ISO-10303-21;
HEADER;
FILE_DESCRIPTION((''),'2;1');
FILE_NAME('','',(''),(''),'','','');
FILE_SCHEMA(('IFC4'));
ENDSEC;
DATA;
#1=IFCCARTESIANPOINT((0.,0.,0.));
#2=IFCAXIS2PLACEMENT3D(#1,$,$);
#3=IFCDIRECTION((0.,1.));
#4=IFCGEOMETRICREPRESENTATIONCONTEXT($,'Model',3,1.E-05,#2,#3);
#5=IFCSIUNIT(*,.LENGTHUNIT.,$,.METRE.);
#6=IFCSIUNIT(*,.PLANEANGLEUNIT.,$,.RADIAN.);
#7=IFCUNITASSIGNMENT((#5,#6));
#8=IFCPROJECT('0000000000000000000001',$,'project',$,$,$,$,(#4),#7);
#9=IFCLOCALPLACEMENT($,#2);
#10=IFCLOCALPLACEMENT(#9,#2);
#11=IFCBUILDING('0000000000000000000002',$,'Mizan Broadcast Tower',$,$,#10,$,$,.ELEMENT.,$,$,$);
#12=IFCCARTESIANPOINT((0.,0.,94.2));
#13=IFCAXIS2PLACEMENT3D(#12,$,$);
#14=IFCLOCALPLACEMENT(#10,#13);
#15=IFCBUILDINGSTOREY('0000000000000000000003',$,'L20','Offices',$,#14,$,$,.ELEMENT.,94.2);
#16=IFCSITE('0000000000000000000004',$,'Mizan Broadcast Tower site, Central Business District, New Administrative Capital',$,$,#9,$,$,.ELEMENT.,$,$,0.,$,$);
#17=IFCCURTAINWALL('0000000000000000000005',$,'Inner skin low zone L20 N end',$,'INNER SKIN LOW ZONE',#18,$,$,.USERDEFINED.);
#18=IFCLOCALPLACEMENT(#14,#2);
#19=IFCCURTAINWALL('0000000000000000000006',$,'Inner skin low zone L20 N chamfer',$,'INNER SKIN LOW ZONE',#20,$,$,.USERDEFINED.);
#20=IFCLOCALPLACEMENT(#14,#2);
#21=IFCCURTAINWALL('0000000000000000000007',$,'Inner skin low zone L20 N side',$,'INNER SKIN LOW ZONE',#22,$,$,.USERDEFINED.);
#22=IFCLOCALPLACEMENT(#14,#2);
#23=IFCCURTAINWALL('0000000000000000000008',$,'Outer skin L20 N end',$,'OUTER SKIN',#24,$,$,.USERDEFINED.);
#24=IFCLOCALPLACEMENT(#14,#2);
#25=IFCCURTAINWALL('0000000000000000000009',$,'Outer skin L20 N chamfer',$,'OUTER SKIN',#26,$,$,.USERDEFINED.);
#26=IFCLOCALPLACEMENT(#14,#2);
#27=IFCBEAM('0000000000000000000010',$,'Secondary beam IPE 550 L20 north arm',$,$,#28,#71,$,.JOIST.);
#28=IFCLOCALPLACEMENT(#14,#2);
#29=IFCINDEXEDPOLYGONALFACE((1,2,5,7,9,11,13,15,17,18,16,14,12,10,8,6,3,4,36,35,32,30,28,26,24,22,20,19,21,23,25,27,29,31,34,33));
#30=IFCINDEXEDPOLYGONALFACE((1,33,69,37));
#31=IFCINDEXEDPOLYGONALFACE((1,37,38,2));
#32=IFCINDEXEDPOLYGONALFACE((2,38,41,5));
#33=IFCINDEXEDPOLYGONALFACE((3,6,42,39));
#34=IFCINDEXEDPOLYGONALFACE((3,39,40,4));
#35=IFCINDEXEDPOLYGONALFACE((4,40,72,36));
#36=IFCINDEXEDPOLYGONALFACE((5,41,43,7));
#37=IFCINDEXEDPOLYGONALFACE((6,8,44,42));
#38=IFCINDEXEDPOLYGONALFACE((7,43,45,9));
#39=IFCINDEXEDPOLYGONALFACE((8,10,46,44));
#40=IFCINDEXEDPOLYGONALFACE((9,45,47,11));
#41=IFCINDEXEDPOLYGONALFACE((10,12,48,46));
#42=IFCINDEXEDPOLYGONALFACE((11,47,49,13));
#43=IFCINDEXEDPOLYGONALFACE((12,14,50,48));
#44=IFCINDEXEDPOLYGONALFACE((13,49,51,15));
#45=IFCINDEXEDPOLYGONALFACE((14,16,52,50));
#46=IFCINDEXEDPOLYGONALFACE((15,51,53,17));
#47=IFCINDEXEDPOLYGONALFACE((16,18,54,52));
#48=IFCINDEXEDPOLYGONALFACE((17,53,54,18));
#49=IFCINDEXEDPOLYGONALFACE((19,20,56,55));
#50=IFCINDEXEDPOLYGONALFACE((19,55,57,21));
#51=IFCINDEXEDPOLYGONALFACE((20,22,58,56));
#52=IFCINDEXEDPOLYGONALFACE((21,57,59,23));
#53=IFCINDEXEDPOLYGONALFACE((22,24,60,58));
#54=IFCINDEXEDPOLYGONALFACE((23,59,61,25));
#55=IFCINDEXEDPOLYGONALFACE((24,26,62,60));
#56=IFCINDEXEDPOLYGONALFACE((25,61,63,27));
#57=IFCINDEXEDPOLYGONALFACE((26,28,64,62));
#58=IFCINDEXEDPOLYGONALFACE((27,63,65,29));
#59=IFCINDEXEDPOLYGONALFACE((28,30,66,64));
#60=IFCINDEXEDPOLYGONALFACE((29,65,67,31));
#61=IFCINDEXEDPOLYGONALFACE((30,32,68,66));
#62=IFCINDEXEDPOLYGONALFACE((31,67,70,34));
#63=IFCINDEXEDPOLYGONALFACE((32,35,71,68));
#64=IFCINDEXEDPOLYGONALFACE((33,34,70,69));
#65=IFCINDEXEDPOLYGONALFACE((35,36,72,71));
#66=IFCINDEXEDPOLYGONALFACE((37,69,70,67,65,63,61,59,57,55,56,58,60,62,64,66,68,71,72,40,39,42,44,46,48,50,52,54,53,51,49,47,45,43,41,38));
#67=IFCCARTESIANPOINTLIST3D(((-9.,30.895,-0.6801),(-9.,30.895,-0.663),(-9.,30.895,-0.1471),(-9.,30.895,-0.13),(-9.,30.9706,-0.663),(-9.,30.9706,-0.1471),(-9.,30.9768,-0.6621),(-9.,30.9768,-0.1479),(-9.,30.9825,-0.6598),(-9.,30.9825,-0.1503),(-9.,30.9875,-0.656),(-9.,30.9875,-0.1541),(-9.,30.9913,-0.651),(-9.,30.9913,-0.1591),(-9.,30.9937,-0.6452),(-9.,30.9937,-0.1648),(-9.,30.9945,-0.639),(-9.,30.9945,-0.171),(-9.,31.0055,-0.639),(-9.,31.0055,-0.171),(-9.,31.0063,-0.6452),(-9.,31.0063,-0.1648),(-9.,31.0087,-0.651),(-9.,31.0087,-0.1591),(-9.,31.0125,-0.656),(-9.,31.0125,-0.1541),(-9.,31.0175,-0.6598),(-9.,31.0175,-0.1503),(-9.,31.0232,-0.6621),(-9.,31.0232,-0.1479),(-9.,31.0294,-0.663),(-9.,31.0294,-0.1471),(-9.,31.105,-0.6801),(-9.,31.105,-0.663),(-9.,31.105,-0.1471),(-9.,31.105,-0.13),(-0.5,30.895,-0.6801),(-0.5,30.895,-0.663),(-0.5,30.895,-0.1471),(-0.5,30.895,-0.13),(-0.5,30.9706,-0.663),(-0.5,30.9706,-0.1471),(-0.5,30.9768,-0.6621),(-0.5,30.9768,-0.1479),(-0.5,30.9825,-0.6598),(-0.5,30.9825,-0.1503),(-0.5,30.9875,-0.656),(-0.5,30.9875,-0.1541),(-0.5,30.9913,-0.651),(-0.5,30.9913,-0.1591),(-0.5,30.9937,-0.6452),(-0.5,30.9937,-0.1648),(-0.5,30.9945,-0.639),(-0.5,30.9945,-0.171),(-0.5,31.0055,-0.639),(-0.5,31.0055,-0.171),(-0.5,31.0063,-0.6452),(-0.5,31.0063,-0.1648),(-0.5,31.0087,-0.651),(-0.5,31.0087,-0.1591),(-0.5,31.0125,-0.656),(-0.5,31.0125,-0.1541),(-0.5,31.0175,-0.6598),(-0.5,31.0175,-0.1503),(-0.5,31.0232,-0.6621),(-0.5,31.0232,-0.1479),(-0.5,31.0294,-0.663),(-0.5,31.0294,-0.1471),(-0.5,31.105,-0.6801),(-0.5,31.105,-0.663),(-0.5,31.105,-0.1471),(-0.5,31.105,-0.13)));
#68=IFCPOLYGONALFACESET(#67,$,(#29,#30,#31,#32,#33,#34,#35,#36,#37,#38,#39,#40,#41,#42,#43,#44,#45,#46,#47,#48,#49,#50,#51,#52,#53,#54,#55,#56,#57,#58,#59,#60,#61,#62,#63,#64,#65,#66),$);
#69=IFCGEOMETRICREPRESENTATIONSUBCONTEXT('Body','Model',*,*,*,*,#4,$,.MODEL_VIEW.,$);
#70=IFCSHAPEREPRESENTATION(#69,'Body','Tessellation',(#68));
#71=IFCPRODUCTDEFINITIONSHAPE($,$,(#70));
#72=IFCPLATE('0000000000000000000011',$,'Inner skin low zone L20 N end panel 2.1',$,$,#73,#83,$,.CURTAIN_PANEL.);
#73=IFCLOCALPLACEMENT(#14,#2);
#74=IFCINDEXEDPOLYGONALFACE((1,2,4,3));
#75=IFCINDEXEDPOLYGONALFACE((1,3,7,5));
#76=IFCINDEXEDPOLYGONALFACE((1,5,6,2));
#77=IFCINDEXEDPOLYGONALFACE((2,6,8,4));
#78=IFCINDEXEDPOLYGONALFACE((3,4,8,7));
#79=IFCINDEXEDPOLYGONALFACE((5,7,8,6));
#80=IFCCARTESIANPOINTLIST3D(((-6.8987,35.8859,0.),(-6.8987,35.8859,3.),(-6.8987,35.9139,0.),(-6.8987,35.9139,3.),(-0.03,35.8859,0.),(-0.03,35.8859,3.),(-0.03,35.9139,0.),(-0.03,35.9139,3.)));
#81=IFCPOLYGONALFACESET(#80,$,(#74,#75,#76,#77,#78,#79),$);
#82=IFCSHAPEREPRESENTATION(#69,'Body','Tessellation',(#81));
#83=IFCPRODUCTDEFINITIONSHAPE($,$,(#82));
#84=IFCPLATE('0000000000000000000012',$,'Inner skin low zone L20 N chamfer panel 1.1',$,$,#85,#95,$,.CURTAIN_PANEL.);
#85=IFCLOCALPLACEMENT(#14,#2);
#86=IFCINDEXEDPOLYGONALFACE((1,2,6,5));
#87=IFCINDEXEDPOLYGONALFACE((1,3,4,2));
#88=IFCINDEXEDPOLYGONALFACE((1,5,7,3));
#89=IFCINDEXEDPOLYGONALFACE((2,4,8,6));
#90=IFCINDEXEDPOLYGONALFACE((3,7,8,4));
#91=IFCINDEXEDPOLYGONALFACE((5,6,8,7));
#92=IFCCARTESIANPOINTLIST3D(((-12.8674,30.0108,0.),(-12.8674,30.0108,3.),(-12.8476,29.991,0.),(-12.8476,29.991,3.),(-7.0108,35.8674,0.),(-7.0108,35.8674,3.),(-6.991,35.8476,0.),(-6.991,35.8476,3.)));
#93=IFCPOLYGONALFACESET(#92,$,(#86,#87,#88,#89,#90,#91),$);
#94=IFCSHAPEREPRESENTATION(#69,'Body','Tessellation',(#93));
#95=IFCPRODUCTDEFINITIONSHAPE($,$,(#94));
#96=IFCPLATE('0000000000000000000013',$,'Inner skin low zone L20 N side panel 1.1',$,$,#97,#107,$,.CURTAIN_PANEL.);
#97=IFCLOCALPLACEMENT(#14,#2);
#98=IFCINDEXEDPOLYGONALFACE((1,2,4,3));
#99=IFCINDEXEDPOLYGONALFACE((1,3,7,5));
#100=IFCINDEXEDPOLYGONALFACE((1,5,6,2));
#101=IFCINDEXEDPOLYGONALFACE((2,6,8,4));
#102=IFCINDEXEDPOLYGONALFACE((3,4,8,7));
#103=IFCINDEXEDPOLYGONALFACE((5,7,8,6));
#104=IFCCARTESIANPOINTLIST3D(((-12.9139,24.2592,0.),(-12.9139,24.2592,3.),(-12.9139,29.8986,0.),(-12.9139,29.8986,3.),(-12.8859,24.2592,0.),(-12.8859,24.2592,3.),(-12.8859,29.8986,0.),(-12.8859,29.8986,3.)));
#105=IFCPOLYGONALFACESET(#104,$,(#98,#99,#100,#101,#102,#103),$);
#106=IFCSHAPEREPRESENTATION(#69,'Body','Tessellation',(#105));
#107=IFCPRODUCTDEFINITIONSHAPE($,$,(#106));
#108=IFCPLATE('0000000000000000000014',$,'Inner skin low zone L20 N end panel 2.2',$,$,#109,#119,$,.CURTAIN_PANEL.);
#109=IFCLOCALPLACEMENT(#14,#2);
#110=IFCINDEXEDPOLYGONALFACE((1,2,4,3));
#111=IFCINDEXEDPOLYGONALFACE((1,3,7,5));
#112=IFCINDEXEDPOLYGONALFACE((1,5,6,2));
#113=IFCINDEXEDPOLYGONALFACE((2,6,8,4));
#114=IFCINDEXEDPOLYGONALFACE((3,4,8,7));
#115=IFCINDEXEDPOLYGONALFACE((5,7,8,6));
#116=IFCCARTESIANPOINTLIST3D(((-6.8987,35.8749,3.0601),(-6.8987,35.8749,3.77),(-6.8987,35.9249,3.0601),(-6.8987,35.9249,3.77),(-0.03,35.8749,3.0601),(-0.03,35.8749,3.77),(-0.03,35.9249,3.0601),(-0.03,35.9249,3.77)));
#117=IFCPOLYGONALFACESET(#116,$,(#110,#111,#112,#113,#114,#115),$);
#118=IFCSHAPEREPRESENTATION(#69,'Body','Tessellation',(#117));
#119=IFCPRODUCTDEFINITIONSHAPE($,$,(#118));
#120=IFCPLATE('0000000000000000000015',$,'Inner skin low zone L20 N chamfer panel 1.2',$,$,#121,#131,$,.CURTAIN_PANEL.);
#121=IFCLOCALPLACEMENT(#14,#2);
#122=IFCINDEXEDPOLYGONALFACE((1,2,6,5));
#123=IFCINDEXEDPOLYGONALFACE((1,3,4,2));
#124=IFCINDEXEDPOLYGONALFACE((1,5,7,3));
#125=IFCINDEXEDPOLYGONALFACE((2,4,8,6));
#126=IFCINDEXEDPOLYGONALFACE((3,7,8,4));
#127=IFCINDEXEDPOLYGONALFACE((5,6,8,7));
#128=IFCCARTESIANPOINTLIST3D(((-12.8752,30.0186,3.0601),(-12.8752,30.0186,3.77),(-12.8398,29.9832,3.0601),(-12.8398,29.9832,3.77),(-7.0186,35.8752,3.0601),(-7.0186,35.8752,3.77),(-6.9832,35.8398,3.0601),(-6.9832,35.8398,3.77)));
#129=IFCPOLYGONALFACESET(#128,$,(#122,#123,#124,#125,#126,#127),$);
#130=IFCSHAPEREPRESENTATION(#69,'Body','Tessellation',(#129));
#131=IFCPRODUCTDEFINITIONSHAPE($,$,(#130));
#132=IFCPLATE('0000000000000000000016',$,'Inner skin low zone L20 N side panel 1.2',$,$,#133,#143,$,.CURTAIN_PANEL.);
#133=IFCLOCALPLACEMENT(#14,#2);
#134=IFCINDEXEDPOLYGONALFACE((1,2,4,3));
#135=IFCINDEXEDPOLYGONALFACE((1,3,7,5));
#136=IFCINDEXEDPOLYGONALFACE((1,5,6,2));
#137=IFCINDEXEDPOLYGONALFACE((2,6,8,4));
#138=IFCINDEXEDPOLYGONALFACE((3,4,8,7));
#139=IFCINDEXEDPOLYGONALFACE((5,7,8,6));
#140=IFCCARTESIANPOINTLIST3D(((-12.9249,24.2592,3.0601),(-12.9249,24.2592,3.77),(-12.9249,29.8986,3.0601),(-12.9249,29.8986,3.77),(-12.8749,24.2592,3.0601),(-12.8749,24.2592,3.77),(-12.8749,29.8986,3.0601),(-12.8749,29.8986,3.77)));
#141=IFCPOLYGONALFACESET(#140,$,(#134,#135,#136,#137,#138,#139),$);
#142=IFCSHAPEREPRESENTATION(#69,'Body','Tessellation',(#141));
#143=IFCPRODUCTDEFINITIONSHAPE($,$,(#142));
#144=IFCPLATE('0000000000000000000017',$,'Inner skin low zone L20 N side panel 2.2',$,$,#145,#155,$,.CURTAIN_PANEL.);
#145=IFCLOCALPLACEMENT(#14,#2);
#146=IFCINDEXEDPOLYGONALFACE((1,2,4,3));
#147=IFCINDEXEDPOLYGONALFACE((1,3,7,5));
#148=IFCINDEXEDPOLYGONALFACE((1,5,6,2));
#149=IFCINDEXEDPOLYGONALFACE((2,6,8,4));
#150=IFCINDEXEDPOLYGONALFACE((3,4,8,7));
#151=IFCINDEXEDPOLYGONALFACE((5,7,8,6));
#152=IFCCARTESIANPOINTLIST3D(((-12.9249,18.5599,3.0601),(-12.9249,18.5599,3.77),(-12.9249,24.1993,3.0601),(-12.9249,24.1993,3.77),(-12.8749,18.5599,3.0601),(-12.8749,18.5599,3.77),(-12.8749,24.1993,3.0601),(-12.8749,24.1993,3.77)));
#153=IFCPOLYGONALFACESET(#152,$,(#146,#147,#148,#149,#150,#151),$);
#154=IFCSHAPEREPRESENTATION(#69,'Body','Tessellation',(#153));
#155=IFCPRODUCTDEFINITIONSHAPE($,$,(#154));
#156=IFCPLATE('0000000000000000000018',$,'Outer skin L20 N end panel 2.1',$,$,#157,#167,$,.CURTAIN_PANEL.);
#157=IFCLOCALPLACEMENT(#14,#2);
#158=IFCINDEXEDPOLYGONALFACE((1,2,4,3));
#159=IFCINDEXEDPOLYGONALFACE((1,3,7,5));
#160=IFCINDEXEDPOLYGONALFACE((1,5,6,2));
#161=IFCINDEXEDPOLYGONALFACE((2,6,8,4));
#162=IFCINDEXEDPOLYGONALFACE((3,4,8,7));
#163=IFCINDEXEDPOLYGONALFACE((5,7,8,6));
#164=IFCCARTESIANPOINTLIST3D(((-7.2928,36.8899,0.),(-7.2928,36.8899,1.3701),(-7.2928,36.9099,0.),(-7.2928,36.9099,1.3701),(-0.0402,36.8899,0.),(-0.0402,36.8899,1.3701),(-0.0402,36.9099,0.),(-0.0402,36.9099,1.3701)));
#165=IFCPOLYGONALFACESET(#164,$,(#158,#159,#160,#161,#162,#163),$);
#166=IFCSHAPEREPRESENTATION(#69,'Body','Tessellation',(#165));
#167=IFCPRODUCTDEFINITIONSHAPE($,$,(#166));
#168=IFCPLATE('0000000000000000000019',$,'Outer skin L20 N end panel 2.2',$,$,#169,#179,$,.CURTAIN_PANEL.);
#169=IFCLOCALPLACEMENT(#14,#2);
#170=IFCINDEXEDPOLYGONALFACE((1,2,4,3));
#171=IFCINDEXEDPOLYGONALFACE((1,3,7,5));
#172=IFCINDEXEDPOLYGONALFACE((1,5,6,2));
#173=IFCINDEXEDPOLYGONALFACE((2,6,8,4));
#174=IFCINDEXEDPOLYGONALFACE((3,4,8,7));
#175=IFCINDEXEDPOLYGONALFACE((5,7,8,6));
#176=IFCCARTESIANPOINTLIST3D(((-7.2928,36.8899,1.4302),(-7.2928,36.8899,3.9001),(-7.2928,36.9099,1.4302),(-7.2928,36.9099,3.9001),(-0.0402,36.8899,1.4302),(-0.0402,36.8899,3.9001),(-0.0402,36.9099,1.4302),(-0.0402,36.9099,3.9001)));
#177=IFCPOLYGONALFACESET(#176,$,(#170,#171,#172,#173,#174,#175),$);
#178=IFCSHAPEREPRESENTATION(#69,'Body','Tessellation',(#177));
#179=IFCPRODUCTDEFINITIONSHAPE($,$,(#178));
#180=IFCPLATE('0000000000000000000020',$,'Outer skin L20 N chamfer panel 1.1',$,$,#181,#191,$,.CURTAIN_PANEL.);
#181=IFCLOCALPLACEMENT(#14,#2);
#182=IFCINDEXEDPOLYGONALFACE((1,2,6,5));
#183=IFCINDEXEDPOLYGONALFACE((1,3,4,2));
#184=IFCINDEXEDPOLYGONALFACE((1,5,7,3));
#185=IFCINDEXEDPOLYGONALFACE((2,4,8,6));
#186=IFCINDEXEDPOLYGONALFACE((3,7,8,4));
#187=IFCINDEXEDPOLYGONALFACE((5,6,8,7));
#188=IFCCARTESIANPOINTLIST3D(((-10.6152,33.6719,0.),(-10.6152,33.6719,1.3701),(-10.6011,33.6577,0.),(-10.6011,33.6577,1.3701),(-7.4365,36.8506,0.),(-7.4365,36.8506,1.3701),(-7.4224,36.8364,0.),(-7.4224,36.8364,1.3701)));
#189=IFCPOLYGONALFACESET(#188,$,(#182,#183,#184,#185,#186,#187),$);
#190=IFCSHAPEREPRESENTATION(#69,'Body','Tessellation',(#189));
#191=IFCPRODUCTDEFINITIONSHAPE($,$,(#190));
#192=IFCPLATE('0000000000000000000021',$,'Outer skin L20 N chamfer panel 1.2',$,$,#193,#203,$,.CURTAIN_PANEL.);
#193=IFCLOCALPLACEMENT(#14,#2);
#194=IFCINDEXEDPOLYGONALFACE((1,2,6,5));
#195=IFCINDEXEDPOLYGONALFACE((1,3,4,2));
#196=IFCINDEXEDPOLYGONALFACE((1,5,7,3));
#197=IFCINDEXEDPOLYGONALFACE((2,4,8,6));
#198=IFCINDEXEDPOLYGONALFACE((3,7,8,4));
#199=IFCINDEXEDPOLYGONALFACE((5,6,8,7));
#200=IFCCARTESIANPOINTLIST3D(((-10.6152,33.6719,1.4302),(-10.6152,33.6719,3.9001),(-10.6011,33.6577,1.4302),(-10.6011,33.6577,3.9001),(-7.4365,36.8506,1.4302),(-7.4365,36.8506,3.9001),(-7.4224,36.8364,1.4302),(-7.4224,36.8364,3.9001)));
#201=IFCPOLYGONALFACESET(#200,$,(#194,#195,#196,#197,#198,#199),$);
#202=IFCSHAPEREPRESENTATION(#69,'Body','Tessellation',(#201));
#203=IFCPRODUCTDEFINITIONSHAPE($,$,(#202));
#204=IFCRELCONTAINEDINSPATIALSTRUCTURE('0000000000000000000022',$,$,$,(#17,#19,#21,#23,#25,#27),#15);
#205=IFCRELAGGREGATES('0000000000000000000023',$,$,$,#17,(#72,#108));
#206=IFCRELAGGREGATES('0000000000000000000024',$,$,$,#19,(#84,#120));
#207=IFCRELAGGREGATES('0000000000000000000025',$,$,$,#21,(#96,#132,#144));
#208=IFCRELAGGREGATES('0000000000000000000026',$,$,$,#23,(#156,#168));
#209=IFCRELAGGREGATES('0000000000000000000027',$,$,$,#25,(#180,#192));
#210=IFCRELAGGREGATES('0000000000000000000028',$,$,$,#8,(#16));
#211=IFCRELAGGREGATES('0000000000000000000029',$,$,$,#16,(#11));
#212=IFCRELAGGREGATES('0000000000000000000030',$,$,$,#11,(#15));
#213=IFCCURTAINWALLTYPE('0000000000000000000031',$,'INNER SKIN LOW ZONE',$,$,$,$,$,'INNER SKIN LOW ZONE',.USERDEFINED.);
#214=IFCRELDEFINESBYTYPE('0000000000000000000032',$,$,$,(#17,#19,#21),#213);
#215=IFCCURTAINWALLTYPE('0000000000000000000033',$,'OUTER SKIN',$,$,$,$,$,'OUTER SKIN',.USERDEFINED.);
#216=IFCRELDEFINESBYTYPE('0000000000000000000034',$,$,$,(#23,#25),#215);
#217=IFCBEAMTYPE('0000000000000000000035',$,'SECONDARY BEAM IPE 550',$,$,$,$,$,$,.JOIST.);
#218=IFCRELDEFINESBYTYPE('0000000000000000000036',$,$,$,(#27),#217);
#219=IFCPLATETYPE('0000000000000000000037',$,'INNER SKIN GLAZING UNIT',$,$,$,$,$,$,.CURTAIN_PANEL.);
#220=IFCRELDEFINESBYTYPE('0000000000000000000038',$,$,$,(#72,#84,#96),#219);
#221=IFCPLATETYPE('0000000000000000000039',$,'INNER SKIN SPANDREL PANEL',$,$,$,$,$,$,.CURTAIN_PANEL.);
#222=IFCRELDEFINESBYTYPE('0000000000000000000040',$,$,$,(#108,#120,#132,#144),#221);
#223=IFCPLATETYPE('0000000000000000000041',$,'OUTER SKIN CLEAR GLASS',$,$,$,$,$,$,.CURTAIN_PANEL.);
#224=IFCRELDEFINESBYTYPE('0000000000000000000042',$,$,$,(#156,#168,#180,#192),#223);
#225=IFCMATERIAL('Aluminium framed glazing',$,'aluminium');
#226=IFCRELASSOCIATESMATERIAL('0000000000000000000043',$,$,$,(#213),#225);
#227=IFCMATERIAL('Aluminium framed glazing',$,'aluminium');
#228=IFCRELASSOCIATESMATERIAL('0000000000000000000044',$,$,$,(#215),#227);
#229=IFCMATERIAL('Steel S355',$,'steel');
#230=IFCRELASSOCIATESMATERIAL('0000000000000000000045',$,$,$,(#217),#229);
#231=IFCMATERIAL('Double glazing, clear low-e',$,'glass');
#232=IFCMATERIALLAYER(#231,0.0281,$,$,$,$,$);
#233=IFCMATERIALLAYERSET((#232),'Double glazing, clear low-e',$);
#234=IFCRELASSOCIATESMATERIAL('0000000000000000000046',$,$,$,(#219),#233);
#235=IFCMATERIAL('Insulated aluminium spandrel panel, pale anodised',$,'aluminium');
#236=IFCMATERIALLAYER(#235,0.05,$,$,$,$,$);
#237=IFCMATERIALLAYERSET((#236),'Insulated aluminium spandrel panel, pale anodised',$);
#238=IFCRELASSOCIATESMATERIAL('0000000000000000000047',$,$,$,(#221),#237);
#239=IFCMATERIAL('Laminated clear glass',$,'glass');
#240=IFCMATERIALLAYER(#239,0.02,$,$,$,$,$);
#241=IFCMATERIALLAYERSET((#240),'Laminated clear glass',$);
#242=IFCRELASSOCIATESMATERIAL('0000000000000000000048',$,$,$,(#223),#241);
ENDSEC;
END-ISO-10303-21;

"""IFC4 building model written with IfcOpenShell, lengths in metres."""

from ifc_helpers import new_model, si_unit, direction, frame, origin, origin_2d, place, context, subcontext, project, spatial, rectangle, i_section, extrude, material, layer, layer_set, material_profile, profile_set, type_object, element, aggregate, save


model = new_model("IFC4")

# Units and contexts
model_context = context("Model", 3, precision=1e-05, world=origin(), true_north=direction((0.0, 1.0)))
body_context = subcontext(model_context, "Body", "Model", "MODEL_VIEW")
ifc_project = project(units=[si_unit("LENGTHUNIT", "METRE"), si_unit("PLANEANGLEUNIT", "RADIAN")], contexts=[model_context])

# Site, building, storey
site_placement = place(None, origin())
site = spatial("IfcSite", under=ifc_project, at=site_placement, Name="Mizan Broadcast Tower site, Central Business District, New Administrative Capital", CompositionType="ELEMENT", RefElevation=0.0)
building_placement = place(site_placement, origin())
building = spatial("IfcBuilding", under=site, at=building_placement, Name="Mizan Broadcast Tower", CompositionType="ELEMENT")
storey_placement = place(building_placement, frame((0.0, 0.0, 94.2)))
storey = spatial("IfcBuildingStorey", under=building, at=storey_placement, Name="L20", Description="Offices", CompositionType="ELEMENT", Elevation=94.2)

# Curtain walls
ifc_material_1 = material(Name="Aluminium framed glazing", Category="aluminium")
curtain_wall_type_1 = type_object("IfcCurtainWallType", Name="INNER SKIN LOW ZONE", ElementType="INNER SKIN LOW ZONE", PredefinedType="USERDEFINED", material=ifc_material_1)
curtain_wall_1_placement = place(storey_placement, origin())
curtain_wall_1 = element("IfcCurtainWall", 1, at=curtain_wall_1_placement, inside=storey, type_object=curtain_wall_type_1, Name="Inner skin low zone L20 N end", ObjectType="INNER SKIN LOW ZONE", PredefinedType="USERDEFINED")
curtain_wall_2_placement = place(storey_placement, origin())
curtain_wall_2 = element("IfcCurtainWall", 2, at=curtain_wall_2_placement, inside=storey, type_object=curtain_wall_type_1, Name="Inner skin low zone L20 N chamfer", ObjectType="INNER SKIN LOW ZONE", PredefinedType="USERDEFINED")
curtain_wall_3_placement = place(storey_placement, origin())
curtain_wall_3 = element("IfcCurtainWall", 3, at=curtain_wall_3_placement, inside=storey, type_object=curtain_wall_type_1, Name="Inner skin low zone L20 N side", ObjectType="INNER SKIN LOW ZONE", PredefinedType="USERDEFINED")

# Curtain walls
ifc_material_2 = material(Name="Aluminium framed glazing", Category="aluminium")
curtain_wall_type_2 = type_object("IfcCurtainWallType", Name="OUTER SKIN", ElementType="OUTER SKIN", PredefinedType="USERDEFINED", material=ifc_material_2)
curtain_wall_4_placement = place(storey_placement, origin())
curtain_wall_4 = element("IfcCurtainWall", 4, at=curtain_wall_4_placement, inside=storey, type_object=curtain_wall_type_2, Name="Outer skin L20 N end", ObjectType="OUTER SKIN", PredefinedType="USERDEFINED")
curtain_wall_5_placement = place(storey_placement, origin())
curtain_wall_5 = element("IfcCurtainWall", 5, at=curtain_wall_5_placement, inside=storey, type_object=curtain_wall_type_2, Name="Outer skin L20 N chamfer", ObjectType="OUTER SKIN", PredefinedType="USERDEFINED")

# Beam
ifc_material_3 = material(Name="Steel S355", Category="steel")
ifc_material_profile_1 = material_profile(ifc_material_3, i_section(OverallWidth=0.21, OverallDepth=0.55, WebThickness=0.011, FlangeThickness=0.0171, FilletRadius=0.0239, at=origin_2d()), Name="IPE 550")
ifc_profile_set_1 = profile_set([ifc_material_profile_1], Name="Steel S355")
beam_type_1 = type_object("IfcBeamType", Name="SECONDARY BEAM IPE 550", PredefinedType="JOIST", material=ifc_profile_set_1)
beam_1_placement = place(storey_placement, frame((-9.0, 31.0, -0.405), z_axis=(1.0, 0.0, 0.0), x_axis=(0.0, 1.0, 0.0)))
element("IfcBeam", 6, at=beam_1_placement, inside=storey, type_object=beam_type_1, Name="Secondary beam IPE 550 L20 north arm", PredefinedType="JOIST", context=body_context, shape_type="SweptSolid", body=[
    extrude(i_section(OverallWidth=0.21, OverallDepth=0.55, WebThickness=0.011, FlangeThickness=0.0171, FilletRadius=0.0239, at=origin_2d()), origin(), (0.0, 0.0, 1.0), 8.5),
])

# Plates
ifc_material_4 = material(Name="Double glazing, clear low-e", Category="glass")
ifc_layer_1 = layer(ifc_material_4, 0.0281)
ifc_layer_set_1 = layer_set([ifc_layer_1], Name="Double glazing, clear low-e")
plate_type_1 = type_object("IfcPlateType", Name="INNER SKIN GLAZING UNIT", PredefinedType="CURTAIN_PANEL", material=ifc_layer_set_1)
plate_1_placement = place(storey_placement, frame((-3.4644, 35.8999, 0.0), z_axis=(0.0, 0.0, 1.0), x_axis=(-1.0, 0.0, 0.0)))
plate_1 = element("IfcPlate", 7, at=plate_1_placement, type_object=plate_type_1, Name="Inner skin low zone L20 N end panel 2.1", PredefinedType="CURTAIN_PANEL", context=body_context, shape_type="SweptSolid", body=[
    extrude(rectangle(XDim=6.8687, YDim=0.0281, at=origin_2d()), origin(), (0.0, 0.0, 1.0), 3.0),
])
plate_2_placement = place(storey_placement, frame((-9.9292, 32.9292, 0.0), z_axis=(0.0, 0.0, 1.0), x_axis=(-0.707107, -0.707107, 0.0)))
plate_2 = element("IfcPlate", 8, at=plate_2_placement, type_object=plate_type_1, Name="Inner skin low zone L20 N chamfer panel 1.1", PredefinedType="CURTAIN_PANEL", context=body_context, shape_type="SweptSolid", body=[
    extrude(rectangle(XDim=8.2825, YDim=0.0281, at=origin_2d()), origin(), (0.0, 0.0, 1.0), 3.0),
])
plate_3_placement = place(storey_placement, frame((-12.8999, 27.0789, 0.0), z_axis=(0.0, 0.0, 1.0), x_axis=(0.0, -1.0, 0.0)))
plate_3 = element("IfcPlate", 9, at=plate_3_placement, type_object=plate_type_1, Name="Inner skin low zone L20 N side panel 1.1", PredefinedType="CURTAIN_PANEL", context=body_context, shape_type="SweptSolid", body=[
    extrude(rectangle(XDim=5.6394, YDim=0.0281, at=origin_2d()), origin(), (0.0, 0.0, 1.0), 3.0),
])
ifc_material_5 = material(Name="Insulated aluminium spandrel panel, pale anodised", Category="aluminium")
ifc_layer_2 = layer(ifc_material_5, 0.05)
ifc_layer_set_2 = layer_set([ifc_layer_2], Name="Insulated aluminium spandrel panel, pale anodised")
plate_type_2 = type_object("IfcPlateType", Name="INNER SKIN SPANDREL PANEL", PredefinedType="CURTAIN_PANEL", material=ifc_layer_set_2)
plate_4_placement = place(storey_placement, frame((-3.4644, 35.8999, 3.0601), z_axis=(0.0, 0.0, 1.0), x_axis=(-1.0, 0.0, 0.0)))
plate_4 = element("IfcPlate", 10, at=plate_4_placement, type_object=plate_type_2, Name="Inner skin low zone L20 N end panel 2.2", PredefinedType="CURTAIN_PANEL", context=body_context, shape_type="SweptSolid", body=[
    extrude(rectangle(XDim=6.8687, YDim=0.05, at=origin_2d()), origin(), (0.0, 0.0, 1.0), 0.71),
])
aggregate(curtain_wall_1, [plate_1, plate_4])
plate_5_placement = place(storey_placement, frame((-9.9292, 32.9292, 3.0601), z_axis=(0.0, 0.0, 1.0), x_axis=(-0.707107, -0.707107, 0.0)))
plate_5 = element("IfcPlate", 11, at=plate_5_placement, type_object=plate_type_2, Name="Inner skin low zone L20 N chamfer panel 1.2", PredefinedType="CURTAIN_PANEL", context=body_context, shape_type="SweptSolid", body=[
    extrude(rectangle(XDim=8.2825, YDim=0.05, at=origin_2d()), origin(), (0.0, 0.0, 1.0), 0.71),
])
aggregate(curtain_wall_2, [plate_2, plate_5])
plate_6_placement = place(storey_placement, frame((-12.8999, 27.0789, 3.0601), z_axis=(0.0, 0.0, 1.0), x_axis=(0.0, -1.0, 0.0)))
plate_6 = element("IfcPlate", 12, at=plate_6_placement, type_object=plate_type_2, Name="Inner skin low zone L20 N side panel 1.2", PredefinedType="CURTAIN_PANEL", context=body_context, shape_type="SweptSolid", body=[
    extrude(rectangle(XDim=5.6394, YDim=0.05, at=origin_2d()), origin(), (0.0, 0.0, 1.0), 0.71),
])
plate_7_placement = place(storey_placement, frame((-12.8999, 21.3796, 3.0601), z_axis=(0.0, 0.0, 1.0), x_axis=(0.0, -1.0, 0.0)))
plate_7 = element("IfcPlate", 13, at=plate_7_placement, type_object=plate_type_2, Name="Inner skin low zone L20 N side panel 2.2", PredefinedType="CURTAIN_PANEL", context=body_context, shape_type="SweptSolid", body=[
    extrude(rectangle(XDim=5.6394, YDim=0.05, at=origin_2d()), origin(), (0.0, 0.0, 1.0), 0.71),
])
aggregate(curtain_wall_3, [plate_3, plate_6, plate_7])
ifc_material_6 = material(Name="Laminated clear glass", Category="glass")
ifc_layer_3 = layer(ifc_material_6, 0.02)
ifc_layer_set_3 = layer_set([ifc_layer_3], Name="Laminated clear glass")
plate_type_3 = type_object("IfcPlateType", Name="OUTER SKIN CLEAR GLASS", PredefinedType="CURTAIN_PANEL", material=ifc_layer_set_3)
plate_8_placement = place(storey_placement, frame((-3.6665, 36.8999, 0.0), z_axis=(0.0, 0.0, 1.0), x_axis=(-1.0, 0.0, 0.0)))
plate_8 = element("IfcPlate", 14, at=plate_8_placement, type_object=plate_type_3, Name="Outer skin L20 N end panel 2.1", PredefinedType="CURTAIN_PANEL", context=body_context, shape_type="SweptSolid", body=[
    extrude(rectangle(XDim=7.2527, YDim=0.02, at=origin_2d()), origin(), (0.0, 0.0, 1.0), 1.3701),
])
plate_9_placement = place(storey_placement, frame((-3.6665, 36.8999, 1.4302), z_axis=(0.0, 0.0, 1.0), x_axis=(-1.0, 0.0, 0.0)))
plate_9 = element("IfcPlate", 15, at=plate_9_placement, type_object=plate_type_3, Name="Outer skin L20 N end panel 2.2", PredefinedType="CURTAIN_PANEL", context=body_context, shape_type="SweptSolid", body=[
    extrude(rectangle(XDim=7.2527, YDim=0.02, at=origin_2d()), origin(), (0.0, 0.0, 1.0), 2.47),
])
aggregate(curtain_wall_4, [plate_8, plate_9])
plate_10_placement = place(storey_placement, frame((-9.0188, 35.2542, 0.0), z_axis=(0.0, 0.0, 1.0), x_axis=(-0.707107, -0.707107, 0.0)))
plate_10 = element("IfcPlate", 16, at=plate_10_placement, type_object=plate_type_3, Name="Outer skin L20 N chamfer panel 1.1", PredefinedType="CURTAIN_PANEL", context=body_context, shape_type="SweptSolid", body=[
    extrude(rectangle(XDim=4.4954, YDim=0.02, at=origin_2d()), origin(), (0.0, 0.0, 1.0), 1.3701),
])
plate_11_placement = place(storey_placement, frame((-9.0188, 35.2542, 1.4302), z_axis=(0.0, 0.0, 1.0), x_axis=(-0.707107, -0.707107, 0.0)))
plate_11 = element("IfcPlate", 17, at=plate_11_placement, type_object=plate_type_3, Name="Outer skin L20 N chamfer panel 1.2", PredefinedType="CURTAIN_PANEL", context=body_context, shape_type="SweptSolid", body=[
    extrude(rectangle(XDim=4.4954, YDim=0.02, at=origin_2d()), origin(), (0.0, 0.0, 1.0), 2.47),
])
aggregate(curtain_wall_5, [plate_10, plate_11])

save(model, "model.ifc")
